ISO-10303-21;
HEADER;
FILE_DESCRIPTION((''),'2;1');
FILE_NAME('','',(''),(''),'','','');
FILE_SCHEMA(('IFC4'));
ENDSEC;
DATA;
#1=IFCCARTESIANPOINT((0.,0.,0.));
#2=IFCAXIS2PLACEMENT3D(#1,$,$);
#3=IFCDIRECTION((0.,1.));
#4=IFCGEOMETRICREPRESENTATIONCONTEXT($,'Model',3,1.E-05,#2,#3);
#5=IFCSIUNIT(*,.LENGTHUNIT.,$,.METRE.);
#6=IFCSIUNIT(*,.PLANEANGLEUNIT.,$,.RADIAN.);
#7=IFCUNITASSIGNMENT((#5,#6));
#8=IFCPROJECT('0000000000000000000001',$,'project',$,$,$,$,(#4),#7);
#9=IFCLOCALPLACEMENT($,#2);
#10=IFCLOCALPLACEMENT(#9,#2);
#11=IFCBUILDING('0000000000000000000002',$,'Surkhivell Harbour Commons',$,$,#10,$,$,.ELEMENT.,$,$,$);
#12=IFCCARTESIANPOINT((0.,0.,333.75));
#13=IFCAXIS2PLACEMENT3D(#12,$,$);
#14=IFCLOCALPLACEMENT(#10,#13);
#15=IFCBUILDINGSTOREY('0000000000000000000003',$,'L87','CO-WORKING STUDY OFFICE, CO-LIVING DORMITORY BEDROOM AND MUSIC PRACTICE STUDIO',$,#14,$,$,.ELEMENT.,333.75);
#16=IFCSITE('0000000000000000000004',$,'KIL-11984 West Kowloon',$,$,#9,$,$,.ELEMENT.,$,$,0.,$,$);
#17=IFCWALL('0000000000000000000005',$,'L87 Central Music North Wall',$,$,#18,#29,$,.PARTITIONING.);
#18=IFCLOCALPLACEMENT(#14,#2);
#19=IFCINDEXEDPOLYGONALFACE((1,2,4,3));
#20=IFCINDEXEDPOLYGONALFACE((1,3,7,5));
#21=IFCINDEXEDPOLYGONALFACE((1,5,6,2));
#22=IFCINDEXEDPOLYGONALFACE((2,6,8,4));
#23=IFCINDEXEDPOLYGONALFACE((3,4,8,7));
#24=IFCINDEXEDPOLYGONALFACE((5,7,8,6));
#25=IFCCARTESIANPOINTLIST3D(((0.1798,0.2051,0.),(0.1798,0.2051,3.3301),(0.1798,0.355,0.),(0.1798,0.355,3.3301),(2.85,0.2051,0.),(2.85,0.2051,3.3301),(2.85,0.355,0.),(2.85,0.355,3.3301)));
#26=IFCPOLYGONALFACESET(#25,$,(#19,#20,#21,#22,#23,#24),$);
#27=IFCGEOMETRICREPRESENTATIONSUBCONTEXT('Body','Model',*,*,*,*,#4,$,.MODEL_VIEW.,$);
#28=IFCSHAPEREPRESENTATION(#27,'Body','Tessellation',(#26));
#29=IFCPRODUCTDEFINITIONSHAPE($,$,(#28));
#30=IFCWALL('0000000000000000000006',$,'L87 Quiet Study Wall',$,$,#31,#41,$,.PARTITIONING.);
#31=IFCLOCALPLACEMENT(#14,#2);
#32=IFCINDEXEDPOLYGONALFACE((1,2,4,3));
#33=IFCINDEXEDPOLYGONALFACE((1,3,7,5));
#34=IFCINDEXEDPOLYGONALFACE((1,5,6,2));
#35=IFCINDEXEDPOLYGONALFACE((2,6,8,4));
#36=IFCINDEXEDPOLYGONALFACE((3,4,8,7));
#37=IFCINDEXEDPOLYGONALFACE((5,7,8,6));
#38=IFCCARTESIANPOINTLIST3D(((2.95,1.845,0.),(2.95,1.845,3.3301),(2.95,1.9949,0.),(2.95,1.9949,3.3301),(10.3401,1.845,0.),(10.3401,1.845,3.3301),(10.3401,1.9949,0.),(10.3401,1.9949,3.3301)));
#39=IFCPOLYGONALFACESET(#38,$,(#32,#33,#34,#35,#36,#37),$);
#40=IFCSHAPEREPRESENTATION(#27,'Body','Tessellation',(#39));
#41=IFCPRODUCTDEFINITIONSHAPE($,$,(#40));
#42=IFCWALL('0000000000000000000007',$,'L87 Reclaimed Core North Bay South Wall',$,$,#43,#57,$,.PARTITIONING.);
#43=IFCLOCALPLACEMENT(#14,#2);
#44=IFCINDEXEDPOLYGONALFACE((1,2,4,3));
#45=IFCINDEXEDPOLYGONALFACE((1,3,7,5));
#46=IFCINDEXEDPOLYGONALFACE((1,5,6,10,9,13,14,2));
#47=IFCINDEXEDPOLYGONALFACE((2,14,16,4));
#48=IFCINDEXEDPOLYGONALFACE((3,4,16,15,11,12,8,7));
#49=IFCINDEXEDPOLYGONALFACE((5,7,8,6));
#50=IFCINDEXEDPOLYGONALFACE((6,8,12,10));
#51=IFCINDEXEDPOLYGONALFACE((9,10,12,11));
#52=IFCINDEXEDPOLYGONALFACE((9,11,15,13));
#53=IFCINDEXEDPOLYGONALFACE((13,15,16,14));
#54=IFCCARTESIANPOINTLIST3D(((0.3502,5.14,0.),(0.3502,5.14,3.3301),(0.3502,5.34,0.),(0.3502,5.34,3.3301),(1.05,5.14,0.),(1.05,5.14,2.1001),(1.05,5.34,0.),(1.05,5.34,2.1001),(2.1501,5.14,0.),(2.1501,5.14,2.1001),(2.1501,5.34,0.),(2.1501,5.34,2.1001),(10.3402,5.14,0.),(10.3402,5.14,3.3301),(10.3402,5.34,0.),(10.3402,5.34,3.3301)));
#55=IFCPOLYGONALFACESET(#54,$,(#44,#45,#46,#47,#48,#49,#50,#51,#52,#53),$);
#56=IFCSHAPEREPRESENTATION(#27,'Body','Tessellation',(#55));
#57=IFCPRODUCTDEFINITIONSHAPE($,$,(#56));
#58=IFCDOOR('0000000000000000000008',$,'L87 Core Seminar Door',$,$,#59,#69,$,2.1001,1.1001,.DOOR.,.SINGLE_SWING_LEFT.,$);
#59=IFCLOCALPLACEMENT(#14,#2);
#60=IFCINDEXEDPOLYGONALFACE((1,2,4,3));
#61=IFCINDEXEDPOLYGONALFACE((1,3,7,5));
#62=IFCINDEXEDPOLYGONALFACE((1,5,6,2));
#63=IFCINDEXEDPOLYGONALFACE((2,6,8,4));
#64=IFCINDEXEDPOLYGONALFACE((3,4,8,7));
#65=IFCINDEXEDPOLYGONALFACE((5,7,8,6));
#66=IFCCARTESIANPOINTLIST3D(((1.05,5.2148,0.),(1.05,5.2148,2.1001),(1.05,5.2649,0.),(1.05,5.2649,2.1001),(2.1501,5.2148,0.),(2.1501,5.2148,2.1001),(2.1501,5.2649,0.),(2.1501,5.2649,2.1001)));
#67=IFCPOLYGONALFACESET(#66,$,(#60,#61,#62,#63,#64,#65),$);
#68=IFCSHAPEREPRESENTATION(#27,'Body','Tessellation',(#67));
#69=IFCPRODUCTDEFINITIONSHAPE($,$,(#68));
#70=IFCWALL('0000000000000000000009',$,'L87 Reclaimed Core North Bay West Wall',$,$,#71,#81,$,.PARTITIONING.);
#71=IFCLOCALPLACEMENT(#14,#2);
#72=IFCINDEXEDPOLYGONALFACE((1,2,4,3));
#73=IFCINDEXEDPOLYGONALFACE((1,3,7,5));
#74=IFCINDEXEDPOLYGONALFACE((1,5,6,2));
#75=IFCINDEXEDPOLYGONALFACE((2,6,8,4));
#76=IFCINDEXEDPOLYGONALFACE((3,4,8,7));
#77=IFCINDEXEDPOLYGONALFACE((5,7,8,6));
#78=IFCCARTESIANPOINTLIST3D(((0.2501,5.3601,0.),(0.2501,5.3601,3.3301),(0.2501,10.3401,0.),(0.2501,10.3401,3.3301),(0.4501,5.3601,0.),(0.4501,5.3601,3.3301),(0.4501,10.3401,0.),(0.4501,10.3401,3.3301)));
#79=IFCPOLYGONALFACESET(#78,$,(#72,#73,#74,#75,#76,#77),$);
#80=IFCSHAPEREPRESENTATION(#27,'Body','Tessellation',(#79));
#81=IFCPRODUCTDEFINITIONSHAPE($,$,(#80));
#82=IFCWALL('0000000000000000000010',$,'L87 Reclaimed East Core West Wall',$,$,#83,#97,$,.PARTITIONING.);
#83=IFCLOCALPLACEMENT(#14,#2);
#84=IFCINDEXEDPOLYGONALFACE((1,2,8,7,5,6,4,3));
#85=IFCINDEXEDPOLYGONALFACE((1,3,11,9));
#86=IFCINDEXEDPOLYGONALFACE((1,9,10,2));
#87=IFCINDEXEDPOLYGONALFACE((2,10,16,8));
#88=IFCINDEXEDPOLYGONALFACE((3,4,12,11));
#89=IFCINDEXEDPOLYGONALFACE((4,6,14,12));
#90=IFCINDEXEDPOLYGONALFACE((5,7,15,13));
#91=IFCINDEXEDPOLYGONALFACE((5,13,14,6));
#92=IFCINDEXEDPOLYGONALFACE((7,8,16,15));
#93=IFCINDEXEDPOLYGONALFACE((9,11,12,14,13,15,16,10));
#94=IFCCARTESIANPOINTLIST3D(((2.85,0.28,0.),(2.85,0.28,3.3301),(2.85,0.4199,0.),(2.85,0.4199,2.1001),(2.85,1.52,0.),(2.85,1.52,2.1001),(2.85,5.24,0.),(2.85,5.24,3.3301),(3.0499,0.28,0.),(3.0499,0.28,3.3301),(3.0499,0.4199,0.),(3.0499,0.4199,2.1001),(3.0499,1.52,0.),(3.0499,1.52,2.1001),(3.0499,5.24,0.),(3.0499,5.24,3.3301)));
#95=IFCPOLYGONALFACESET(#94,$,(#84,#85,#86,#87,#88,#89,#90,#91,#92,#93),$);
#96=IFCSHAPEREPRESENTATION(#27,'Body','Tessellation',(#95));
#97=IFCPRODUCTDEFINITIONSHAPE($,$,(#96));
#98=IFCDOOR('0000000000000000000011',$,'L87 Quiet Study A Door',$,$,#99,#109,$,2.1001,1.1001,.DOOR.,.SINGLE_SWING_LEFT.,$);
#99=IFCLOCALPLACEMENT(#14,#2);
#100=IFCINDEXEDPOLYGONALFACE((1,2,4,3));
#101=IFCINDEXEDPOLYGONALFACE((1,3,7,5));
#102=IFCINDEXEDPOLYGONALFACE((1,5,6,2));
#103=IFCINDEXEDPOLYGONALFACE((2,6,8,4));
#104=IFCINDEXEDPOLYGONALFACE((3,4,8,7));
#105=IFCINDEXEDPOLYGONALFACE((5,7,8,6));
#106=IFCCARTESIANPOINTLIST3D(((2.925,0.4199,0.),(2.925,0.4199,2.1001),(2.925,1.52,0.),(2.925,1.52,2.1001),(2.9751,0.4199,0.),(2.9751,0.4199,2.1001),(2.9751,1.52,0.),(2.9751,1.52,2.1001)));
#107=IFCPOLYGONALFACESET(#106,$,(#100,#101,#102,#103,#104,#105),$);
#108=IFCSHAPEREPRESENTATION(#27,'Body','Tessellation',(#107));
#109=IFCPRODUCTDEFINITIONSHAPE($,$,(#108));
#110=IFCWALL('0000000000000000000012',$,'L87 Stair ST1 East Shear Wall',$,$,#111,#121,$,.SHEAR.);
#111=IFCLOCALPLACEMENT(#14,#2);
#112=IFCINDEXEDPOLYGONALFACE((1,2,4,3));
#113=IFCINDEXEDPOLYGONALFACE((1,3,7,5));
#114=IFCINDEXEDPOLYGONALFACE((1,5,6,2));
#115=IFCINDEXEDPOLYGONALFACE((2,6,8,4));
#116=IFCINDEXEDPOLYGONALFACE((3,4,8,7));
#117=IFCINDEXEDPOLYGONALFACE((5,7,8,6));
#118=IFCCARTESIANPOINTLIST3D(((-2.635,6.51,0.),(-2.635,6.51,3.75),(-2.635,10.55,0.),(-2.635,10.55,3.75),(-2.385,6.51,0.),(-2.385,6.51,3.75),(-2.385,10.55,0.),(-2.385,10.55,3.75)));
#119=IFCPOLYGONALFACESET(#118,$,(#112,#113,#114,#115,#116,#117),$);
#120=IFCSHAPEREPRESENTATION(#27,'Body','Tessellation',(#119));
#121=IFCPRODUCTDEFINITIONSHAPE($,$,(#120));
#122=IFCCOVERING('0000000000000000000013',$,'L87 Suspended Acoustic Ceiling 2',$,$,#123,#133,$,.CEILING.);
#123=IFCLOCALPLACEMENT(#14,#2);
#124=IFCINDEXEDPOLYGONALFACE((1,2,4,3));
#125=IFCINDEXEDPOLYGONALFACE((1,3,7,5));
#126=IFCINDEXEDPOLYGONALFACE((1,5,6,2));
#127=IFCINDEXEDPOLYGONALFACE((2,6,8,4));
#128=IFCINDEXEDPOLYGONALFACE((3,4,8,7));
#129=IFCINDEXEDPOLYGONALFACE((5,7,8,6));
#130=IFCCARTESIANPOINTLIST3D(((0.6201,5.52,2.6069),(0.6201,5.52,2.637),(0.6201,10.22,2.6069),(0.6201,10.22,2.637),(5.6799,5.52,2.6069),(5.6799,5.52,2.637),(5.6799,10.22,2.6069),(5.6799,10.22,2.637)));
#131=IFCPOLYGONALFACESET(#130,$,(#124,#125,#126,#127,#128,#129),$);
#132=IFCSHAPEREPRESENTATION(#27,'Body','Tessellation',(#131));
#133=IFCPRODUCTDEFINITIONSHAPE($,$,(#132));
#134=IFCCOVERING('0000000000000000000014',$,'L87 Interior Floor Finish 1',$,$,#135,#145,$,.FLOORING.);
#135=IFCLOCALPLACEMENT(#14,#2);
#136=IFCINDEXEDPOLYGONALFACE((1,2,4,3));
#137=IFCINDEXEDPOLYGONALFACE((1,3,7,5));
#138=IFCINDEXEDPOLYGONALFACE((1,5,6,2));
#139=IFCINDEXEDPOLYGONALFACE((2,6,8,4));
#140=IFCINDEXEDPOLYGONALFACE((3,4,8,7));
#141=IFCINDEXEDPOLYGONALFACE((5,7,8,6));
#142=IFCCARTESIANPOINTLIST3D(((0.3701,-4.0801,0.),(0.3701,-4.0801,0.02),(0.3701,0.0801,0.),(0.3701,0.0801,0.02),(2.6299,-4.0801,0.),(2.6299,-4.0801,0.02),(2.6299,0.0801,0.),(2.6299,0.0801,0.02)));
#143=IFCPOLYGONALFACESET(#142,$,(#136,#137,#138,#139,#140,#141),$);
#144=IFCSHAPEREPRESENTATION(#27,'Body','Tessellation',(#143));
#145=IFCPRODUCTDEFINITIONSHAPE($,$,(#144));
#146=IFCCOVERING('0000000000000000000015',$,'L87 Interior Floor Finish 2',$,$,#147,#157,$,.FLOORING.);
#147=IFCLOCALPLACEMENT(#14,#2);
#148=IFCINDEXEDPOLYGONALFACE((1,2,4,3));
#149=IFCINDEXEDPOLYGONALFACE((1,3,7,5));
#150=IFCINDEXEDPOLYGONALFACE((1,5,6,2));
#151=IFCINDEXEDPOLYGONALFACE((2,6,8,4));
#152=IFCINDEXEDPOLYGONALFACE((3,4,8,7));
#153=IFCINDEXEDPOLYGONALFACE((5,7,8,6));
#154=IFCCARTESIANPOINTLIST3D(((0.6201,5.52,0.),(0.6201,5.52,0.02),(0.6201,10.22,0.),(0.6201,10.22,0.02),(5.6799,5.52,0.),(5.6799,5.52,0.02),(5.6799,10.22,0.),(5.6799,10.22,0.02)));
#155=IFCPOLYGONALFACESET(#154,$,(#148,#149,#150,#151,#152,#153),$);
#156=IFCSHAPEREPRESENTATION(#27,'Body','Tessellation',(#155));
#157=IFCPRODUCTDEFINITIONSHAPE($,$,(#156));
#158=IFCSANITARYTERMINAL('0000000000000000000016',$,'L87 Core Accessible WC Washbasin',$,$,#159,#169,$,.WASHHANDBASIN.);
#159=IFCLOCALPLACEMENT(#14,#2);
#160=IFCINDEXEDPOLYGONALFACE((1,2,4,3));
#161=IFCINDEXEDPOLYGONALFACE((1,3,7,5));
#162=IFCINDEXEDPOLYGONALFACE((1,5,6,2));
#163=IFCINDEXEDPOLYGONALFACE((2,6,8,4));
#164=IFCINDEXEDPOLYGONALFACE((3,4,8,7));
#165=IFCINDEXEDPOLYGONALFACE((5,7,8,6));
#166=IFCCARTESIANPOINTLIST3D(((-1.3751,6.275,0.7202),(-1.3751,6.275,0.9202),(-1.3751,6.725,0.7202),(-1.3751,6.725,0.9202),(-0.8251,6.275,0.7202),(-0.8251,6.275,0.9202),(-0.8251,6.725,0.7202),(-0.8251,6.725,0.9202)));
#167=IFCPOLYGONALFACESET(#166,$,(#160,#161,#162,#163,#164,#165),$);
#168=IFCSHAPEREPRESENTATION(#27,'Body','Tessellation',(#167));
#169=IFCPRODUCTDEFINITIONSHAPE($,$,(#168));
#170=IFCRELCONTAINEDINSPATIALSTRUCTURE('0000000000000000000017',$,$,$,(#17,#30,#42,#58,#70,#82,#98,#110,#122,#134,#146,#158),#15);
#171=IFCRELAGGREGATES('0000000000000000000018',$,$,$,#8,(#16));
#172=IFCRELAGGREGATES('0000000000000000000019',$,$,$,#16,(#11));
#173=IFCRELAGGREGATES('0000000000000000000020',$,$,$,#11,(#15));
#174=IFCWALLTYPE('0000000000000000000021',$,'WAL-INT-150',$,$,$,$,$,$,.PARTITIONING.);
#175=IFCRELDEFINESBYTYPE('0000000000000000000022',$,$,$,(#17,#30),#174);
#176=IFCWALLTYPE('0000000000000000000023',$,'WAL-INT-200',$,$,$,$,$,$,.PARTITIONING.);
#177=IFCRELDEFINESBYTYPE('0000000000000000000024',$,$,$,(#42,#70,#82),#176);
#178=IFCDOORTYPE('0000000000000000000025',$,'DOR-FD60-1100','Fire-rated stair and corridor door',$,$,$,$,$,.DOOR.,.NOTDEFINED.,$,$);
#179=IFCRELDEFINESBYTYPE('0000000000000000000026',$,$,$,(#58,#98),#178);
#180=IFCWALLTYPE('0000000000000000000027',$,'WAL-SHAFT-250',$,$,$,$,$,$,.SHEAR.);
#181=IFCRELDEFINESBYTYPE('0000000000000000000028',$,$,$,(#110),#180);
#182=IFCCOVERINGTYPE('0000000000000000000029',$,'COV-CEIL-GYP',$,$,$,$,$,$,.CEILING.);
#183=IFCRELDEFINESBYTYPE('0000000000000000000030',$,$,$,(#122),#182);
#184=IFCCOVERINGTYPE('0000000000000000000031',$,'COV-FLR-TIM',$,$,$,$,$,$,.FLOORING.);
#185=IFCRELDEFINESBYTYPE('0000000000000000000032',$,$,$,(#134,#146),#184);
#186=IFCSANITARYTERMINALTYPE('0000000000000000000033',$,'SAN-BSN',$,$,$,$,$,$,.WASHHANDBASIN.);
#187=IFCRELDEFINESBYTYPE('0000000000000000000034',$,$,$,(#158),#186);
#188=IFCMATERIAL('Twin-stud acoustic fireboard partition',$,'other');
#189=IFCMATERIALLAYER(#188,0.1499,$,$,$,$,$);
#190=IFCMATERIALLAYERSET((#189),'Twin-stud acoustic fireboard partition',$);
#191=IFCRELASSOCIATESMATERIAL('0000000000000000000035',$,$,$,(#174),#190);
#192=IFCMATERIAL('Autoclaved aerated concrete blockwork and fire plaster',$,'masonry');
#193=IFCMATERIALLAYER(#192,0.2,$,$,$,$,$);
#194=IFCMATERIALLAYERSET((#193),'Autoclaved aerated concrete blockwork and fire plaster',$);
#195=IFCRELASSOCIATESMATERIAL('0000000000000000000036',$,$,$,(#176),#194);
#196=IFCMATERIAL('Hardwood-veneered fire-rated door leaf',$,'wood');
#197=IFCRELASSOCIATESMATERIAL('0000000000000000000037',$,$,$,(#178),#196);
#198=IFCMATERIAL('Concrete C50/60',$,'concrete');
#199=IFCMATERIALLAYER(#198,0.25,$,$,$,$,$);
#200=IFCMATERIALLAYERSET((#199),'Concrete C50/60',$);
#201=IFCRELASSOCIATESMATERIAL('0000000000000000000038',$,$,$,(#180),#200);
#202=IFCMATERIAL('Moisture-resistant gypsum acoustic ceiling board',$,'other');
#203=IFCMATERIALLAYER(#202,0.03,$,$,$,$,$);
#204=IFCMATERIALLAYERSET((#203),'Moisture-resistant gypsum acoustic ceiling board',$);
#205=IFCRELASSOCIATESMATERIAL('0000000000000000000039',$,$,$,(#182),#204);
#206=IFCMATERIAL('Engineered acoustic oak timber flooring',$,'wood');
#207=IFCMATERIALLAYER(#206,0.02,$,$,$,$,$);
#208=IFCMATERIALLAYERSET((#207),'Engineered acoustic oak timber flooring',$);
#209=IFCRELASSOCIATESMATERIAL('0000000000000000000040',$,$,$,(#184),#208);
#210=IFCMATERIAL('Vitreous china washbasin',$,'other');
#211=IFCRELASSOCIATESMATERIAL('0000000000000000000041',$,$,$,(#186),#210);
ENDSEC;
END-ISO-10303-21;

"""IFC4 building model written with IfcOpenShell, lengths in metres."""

from ifc_helpers import new_model, si_unit, direction, frame, frame_2d, origin, origin_2d, place, context, subcontext, project, spatial, polyline, rectangle, outline, extrude, material, layer, layer_set, type_object, element, fill, save


model = new_model("IFC4")

# Units and contexts
model_context = context("Model", 3, precision=1e-05, world=origin(), true_north=direction((0.0, 1.0)))
body_context = subcontext(model_context, "Body", "Model", "MODEL_VIEW")
ifc_project = project(units=[si_unit("LENGTHUNIT", "METRE"), si_unit("PLANEANGLEUNIT", "RADIAN")], contexts=[model_context])

# Site, building, storey
site_placement = place(None, origin())
site = spatial("IfcSite", under=ifc_project, at=site_placement, Name="KIL-11984 West Kowloon", CompositionType="ELEMENT", RefElevation=0.0)
building_placement = place(site_placement, origin())
building = spatial("IfcBuilding", under=site, at=building_placement, Name="Surkhivell Harbour Commons", CompositionType="ELEMENT")
storey_placement = place(building_placement, frame((0.0, 0.0, 333.75)))
storey = spatial("IfcBuildingStorey", under=building, at=storey_placement, Name="L87", Description="CO-WORKING STUDY OFFICE, CO-LIVING DORMITORY BEDROOM AND MUSIC PRACTICE STUDIO", CompositionType="ELEMENT", Elevation=333.75)

# Shared definitions
ifc_material_1 = material(Name="Concrete C50/60", Category="concrete")

# Shared definitions
ifc_material_2 = material(Name="Twin-stud acoustic fireboard partition", Category="other")
ifc_layer_1 = layer(ifc_material_2, 0.1499)
ifc_layer_set_1 = layer_set([ifc_layer_1], Name="Twin-stud acoustic fireboard partition")
wall_type_1 = type_object("IfcWallType", Name="WAL-INT-150", PredefinedType="PARTITIONING", material=ifc_layer_set_1)
ifc_material_3 = material(Name="Hardwood-veneered fire-rated door leaf", Category="wood")

# Walls
wall_1_placement = place(storey_placement, frame((0.1799, 0.28, 0.0), z_axis=(0.0, 0.0, 1.0), x_axis=(1.0, 0.0, 0.0)))
element("IfcWall", 1, at=wall_1_placement, inside=storey, type_object=wall_type_1, Name="L87 Central Music North Wall", PredefinedType="PARTITIONING", context=body_context, shape_type="SweptSolid", body=[
    extrude(rectangle(XDim=2.6702, YDim=0.1499, at=frame_2d((1.335, 0.0))), origin(), (0.0, 0.0, 1.0), 3.3301),
])
wall_2_placement = place(storey_placement, frame((2.95, 1.9199, 0.0), z_axis=(0.0, 0.0, 1.0), x_axis=(1.0, 0.0, 0.0)))
element("IfcWall", 2, at=wall_2_placement, inside=storey, type_object=wall_type_1, Name="L87 Quiet Study Wall", PredefinedType="PARTITIONING", context=body_context, shape_type="SweptSolid", body=[
    extrude(rectangle(XDim=7.3901, YDim=0.1499, at=frame_2d((3.6951, 0.0))), origin(), (0.0, 0.0, 1.0), 3.3301),
])

# Wall, opening, door
ifc_material_4 = material(Name="Autoclaved aerated concrete blockwork and fire plaster", Category="masonry")
ifc_layer_2 = layer(ifc_material_4, 0.2)
ifc_layer_set_2 = layer_set([ifc_layer_2], Name="Autoclaved aerated concrete blockwork and fire plaster")
wall_type_2 = type_object("IfcWallType", Name="WAL-INT-200", PredefinedType="PARTITIONING", material=ifc_layer_set_2)
wall_3_placement = place(storey_placement, frame((0.3501, 5.24, 0.0), z_axis=(0.0, 0.0, 1.0), x_axis=(1.0, 0.0, 0.0)))
wall_3 = element("IfcWall", 3, at=wall_3_placement, inside=storey, type_object=wall_type_2, Name="L87 Reclaimed Core North Bay South Wall", PredefinedType="PARTITIONING", context=body_context, shape_type="SweptSolid", body=[
    extrude(rectangle(XDim=9.99, YDim=0.2, at=frame_2d((4.9951, 0.0))), origin(), (0.0, 0.0, 1.0), 3.3301),
])
opening_1_placement = place(wall_3_placement, frame((0.7, 0.0, 0.0)))
opening_1 = element("IfcOpeningElement", 4, at=opening_1_placement, cuts=wall_3, PredefinedType="OPENING", context=body_context, shape_type="SweptSolid", body=[
    extrude(rectangle(XDim=1.1001, YDim=2.1001, at=frame_2d((0.55, 1.05))), frame((0.0, 0.1099, 0.0), z_axis=(0.0, -1.0, 0.0), x_axis=(1.0, 0.0, 0.0)), (0.0, 0.0, 1.0), 0.22),
])
door_type_1 = type_object("IfcDoorType", Name="DOR-FD60-1100", Description="Fire-rated stair and corridor door", OperationType="NOTDEFINED", PredefinedType="DOOR", material=ifc_material_3)
door_1_placement = place(opening_1_placement, origin())
door_1 = element("IfcDoor", 5, at=door_1_placement, inside=storey, type_object=door_type_1, Name="L87 Core Seminar Door", OperationType="SINGLE_SWING_LEFT", OverallHeight=2.1001, OverallWidth=1.1001, PredefinedType="DOOR", context=body_context, shape_type="SweptSolid", body=[
    extrude(rectangle(XDim=1.1001, YDim=2.1001, at=frame_2d((0.55, 1.05))), frame((0.0, 0.0249, 0.0), z_axis=(0.0, -1.0, 0.0), x_axis=(1.0, 0.0, 0.0)), (0.0, 0.0, 1.0), 0.05),
])
fill(opening_1, door_1)

# Wall
wall_4_placement = place(storey_placement, frame((0.3501, 5.3601, 0.0), z_axis=(0.0, 0.0, 1.0), x_axis=(0.0, 1.0, 0.0)))
element("IfcWall", 6, at=wall_4_placement, inside=storey, type_object=wall_type_2, Name="L87 Reclaimed Core North Bay West Wall", PredefinedType="PARTITIONING", context=body_context, shape_type="SweptSolid", body=[
    extrude(rectangle(XDim=4.98, YDim=0.2, at=frame_2d((2.49, 0.0))), origin(), (0.0, 0.0, 1.0), 3.3301),
])

# Wall, opening, door
wall_5_placement = place(storey_placement, frame((2.95, 0.28, 0.0), z_axis=(0.0, 0.0, 1.0), x_axis=(0.0, 1.0, 0.0)))
wall_5 = element("IfcWall", 7, at=wall_5_placement, inside=storey, type_object=wall_type_2, Name="L87 Reclaimed East Core West Wall", PredefinedType="PARTITIONING", context=body_context, shape_type="SweptSolid", body=[
    extrude(rectangle(XDim=4.96, YDim=0.2, at=frame_2d((2.48, 0.0))), origin(), (0.0, 0.0, 1.0), 3.3301),
])
opening_2_placement = place(wall_5_placement, frame((0.1399, 0.0, 0.0)))
opening_2 = element("IfcOpeningElement", 8, at=opening_2_placement, cuts=wall_5, PredefinedType="OPENING", context=body_context, shape_type="SweptSolid", body=[
    extrude(rectangle(XDim=1.1001, YDim=2.1001, at=frame_2d((0.55, 1.05))), frame((0.0, 0.1099, 0.0), z_axis=(0.0, -1.0, 0.0), x_axis=(1.0, 0.0, 0.0)), (0.0, 0.0, 1.0), 0.22),
])
door_2_placement = place(opening_2_placement, origin())
door_2 = element("IfcDoor", 9, at=door_2_placement, inside=storey, type_object=door_type_1, Name="L87 Quiet Study A Door", OperationType="SINGLE_SWING_LEFT", OverallHeight=2.1001, OverallWidth=1.1001, PredefinedType="DOOR", context=body_context, shape_type="SweptSolid", body=[
    extrude(rectangle(XDim=1.1001, YDim=2.1001, at=frame_2d((0.55, 1.05))), frame((0.0, 0.0249, 0.0), z_axis=(0.0, -1.0, 0.0), x_axis=(1.0, 0.0, 0.0)), (0.0, 0.0, 1.0), 0.05),
])
fill(opening_2, door_2)

# Wall
ifc_layer_3 = layer(ifc_material_1, 0.25)
ifc_layer_set_3 = layer_set([ifc_layer_3], Name="Concrete C50/60")
wall_type_3 = type_object("IfcWallType", Name="WAL-SHAFT-250", PredefinedType="SHEAR", material=ifc_layer_set_3)
wall_6_placement = place(storey_placement, frame((-2.51, 6.51, 0.0), z_axis=(0.0, 0.0, 1.0), x_axis=(0.0, 1.0, 0.0)))
element("IfcWall", 10, at=wall_6_placement, inside=storey, type_object=wall_type_3, Name="L87 Stair ST1 East Shear Wall", PredefinedType="SHEAR", context=body_context, shape_type="SweptSolid", body=[
    extrude(rectangle(XDim=4.04, YDim=0.25, at=frame_2d((2.02, 0.0))), origin(), (0.0, 0.0, 1.0), 3.75),
])

# Coverings
ifc_material_5 = material(Name="Moisture-resistant gypsum acoustic ceiling board", Category="other")
ifc_layer_4 = layer(ifc_material_5, 0.03)
ifc_layer_set_4 = layer_set([ifc_layer_4], Name="Moisture-resistant gypsum acoustic ceiling board")
covering_type_1 = type_object("IfcCoveringType", Name="COV-CEIL-GYP", PredefinedType="CEILING", material=ifc_layer_set_4)
covering_1_placement = place(storey_placement, frame((0.0, 0.0, 2.6069)))
element("IfcCovering", 11, at=covering_1_placement, inside=storey, type_object=covering_type_1, Name="L87 Suspended Acoustic Ceiling 2", PredefinedType="CEILING", context=body_context, shape_type="SweptSolid", body=[
    extrude(outline(polyline([(0.6201, 5.52), (5.6799, 5.52), (5.6799, 10.22), (0.6201, 10.22), (0.6201, 5.52)])), origin(), (0.0, 0.0, 1.0), 0.03),
])
ifc_material_6 = material(Name="Engineered acoustic oak timber flooring", Category="wood")
ifc_layer_5 = layer(ifc_material_6, 0.02)
ifc_layer_set_5 = layer_set([ifc_layer_5], Name="Engineered acoustic oak timber flooring")
covering_type_2 = type_object("IfcCoveringType", Name="COV-FLR-TIM", PredefinedType="FLOORING", material=ifc_layer_set_5)
covering_2_placement = place(storey_placement, origin())
element("IfcCovering", 12, at=covering_2_placement, inside=storey, type_object=covering_type_2, Name="L87 Interior Floor Finish 1", PredefinedType="FLOORING", context=body_context, shape_type="SweptSolid", body=[
    extrude(outline(polyline([(0.3701, -4.0801), (2.6299, -4.0801), (2.6299, 0.0801), (0.3701, 0.0801), (0.3701, -4.0801)])), origin(), (0.0, 0.0, 1.0), 0.02),
])
covering_3_placement = place(storey_placement, origin())
element("IfcCovering", 13, at=covering_3_placement, inside=storey, type_object=covering_type_2, Name="L87 Interior Floor Finish 2", PredefinedType="FLOORING", context=body_context, shape_type="SweptSolid", body=[
    extrude(outline(polyline([(0.6201, 5.52), (5.6799, 5.52), (5.6799, 10.22), (0.6201, 10.22), (0.6201, 5.52)])), origin(), (0.0, 0.0, 1.0), 0.02),
])

# Sanitary terminal
ifc_material_7 = material(Name="Vitreous china washbasin", Category="other")
sanitary_terminal_type_1 = type_object("IfcSanitaryTerminalType", Name="SAN-BSN", PredefinedType="WASHHANDBASIN", material=ifc_material_7)
sanitary_terminal_1_placement = place(storey_placement, frame((-1.1001, 6.5, 0.7202), z_axis=(0.0, 0.0, 1.0), x_axis=(1.0, 0.0, 0.0)))
element("IfcSanitaryTerminal", 14, at=sanitary_terminal_1_placement, inside=storey, type_object=sanitary_terminal_type_1, Name="L87 Core Accessible WC Washbasin", PredefinedType="WASHHANDBASIN", context=body_context, shape_type="SweptSolid", body=[
    extrude(rectangle(XDim=0.55, YDim=0.45, at=origin_2d()), origin(), (0.0, 0.0, 1.0), 0.2),
])

save(model, "model.ifc")
